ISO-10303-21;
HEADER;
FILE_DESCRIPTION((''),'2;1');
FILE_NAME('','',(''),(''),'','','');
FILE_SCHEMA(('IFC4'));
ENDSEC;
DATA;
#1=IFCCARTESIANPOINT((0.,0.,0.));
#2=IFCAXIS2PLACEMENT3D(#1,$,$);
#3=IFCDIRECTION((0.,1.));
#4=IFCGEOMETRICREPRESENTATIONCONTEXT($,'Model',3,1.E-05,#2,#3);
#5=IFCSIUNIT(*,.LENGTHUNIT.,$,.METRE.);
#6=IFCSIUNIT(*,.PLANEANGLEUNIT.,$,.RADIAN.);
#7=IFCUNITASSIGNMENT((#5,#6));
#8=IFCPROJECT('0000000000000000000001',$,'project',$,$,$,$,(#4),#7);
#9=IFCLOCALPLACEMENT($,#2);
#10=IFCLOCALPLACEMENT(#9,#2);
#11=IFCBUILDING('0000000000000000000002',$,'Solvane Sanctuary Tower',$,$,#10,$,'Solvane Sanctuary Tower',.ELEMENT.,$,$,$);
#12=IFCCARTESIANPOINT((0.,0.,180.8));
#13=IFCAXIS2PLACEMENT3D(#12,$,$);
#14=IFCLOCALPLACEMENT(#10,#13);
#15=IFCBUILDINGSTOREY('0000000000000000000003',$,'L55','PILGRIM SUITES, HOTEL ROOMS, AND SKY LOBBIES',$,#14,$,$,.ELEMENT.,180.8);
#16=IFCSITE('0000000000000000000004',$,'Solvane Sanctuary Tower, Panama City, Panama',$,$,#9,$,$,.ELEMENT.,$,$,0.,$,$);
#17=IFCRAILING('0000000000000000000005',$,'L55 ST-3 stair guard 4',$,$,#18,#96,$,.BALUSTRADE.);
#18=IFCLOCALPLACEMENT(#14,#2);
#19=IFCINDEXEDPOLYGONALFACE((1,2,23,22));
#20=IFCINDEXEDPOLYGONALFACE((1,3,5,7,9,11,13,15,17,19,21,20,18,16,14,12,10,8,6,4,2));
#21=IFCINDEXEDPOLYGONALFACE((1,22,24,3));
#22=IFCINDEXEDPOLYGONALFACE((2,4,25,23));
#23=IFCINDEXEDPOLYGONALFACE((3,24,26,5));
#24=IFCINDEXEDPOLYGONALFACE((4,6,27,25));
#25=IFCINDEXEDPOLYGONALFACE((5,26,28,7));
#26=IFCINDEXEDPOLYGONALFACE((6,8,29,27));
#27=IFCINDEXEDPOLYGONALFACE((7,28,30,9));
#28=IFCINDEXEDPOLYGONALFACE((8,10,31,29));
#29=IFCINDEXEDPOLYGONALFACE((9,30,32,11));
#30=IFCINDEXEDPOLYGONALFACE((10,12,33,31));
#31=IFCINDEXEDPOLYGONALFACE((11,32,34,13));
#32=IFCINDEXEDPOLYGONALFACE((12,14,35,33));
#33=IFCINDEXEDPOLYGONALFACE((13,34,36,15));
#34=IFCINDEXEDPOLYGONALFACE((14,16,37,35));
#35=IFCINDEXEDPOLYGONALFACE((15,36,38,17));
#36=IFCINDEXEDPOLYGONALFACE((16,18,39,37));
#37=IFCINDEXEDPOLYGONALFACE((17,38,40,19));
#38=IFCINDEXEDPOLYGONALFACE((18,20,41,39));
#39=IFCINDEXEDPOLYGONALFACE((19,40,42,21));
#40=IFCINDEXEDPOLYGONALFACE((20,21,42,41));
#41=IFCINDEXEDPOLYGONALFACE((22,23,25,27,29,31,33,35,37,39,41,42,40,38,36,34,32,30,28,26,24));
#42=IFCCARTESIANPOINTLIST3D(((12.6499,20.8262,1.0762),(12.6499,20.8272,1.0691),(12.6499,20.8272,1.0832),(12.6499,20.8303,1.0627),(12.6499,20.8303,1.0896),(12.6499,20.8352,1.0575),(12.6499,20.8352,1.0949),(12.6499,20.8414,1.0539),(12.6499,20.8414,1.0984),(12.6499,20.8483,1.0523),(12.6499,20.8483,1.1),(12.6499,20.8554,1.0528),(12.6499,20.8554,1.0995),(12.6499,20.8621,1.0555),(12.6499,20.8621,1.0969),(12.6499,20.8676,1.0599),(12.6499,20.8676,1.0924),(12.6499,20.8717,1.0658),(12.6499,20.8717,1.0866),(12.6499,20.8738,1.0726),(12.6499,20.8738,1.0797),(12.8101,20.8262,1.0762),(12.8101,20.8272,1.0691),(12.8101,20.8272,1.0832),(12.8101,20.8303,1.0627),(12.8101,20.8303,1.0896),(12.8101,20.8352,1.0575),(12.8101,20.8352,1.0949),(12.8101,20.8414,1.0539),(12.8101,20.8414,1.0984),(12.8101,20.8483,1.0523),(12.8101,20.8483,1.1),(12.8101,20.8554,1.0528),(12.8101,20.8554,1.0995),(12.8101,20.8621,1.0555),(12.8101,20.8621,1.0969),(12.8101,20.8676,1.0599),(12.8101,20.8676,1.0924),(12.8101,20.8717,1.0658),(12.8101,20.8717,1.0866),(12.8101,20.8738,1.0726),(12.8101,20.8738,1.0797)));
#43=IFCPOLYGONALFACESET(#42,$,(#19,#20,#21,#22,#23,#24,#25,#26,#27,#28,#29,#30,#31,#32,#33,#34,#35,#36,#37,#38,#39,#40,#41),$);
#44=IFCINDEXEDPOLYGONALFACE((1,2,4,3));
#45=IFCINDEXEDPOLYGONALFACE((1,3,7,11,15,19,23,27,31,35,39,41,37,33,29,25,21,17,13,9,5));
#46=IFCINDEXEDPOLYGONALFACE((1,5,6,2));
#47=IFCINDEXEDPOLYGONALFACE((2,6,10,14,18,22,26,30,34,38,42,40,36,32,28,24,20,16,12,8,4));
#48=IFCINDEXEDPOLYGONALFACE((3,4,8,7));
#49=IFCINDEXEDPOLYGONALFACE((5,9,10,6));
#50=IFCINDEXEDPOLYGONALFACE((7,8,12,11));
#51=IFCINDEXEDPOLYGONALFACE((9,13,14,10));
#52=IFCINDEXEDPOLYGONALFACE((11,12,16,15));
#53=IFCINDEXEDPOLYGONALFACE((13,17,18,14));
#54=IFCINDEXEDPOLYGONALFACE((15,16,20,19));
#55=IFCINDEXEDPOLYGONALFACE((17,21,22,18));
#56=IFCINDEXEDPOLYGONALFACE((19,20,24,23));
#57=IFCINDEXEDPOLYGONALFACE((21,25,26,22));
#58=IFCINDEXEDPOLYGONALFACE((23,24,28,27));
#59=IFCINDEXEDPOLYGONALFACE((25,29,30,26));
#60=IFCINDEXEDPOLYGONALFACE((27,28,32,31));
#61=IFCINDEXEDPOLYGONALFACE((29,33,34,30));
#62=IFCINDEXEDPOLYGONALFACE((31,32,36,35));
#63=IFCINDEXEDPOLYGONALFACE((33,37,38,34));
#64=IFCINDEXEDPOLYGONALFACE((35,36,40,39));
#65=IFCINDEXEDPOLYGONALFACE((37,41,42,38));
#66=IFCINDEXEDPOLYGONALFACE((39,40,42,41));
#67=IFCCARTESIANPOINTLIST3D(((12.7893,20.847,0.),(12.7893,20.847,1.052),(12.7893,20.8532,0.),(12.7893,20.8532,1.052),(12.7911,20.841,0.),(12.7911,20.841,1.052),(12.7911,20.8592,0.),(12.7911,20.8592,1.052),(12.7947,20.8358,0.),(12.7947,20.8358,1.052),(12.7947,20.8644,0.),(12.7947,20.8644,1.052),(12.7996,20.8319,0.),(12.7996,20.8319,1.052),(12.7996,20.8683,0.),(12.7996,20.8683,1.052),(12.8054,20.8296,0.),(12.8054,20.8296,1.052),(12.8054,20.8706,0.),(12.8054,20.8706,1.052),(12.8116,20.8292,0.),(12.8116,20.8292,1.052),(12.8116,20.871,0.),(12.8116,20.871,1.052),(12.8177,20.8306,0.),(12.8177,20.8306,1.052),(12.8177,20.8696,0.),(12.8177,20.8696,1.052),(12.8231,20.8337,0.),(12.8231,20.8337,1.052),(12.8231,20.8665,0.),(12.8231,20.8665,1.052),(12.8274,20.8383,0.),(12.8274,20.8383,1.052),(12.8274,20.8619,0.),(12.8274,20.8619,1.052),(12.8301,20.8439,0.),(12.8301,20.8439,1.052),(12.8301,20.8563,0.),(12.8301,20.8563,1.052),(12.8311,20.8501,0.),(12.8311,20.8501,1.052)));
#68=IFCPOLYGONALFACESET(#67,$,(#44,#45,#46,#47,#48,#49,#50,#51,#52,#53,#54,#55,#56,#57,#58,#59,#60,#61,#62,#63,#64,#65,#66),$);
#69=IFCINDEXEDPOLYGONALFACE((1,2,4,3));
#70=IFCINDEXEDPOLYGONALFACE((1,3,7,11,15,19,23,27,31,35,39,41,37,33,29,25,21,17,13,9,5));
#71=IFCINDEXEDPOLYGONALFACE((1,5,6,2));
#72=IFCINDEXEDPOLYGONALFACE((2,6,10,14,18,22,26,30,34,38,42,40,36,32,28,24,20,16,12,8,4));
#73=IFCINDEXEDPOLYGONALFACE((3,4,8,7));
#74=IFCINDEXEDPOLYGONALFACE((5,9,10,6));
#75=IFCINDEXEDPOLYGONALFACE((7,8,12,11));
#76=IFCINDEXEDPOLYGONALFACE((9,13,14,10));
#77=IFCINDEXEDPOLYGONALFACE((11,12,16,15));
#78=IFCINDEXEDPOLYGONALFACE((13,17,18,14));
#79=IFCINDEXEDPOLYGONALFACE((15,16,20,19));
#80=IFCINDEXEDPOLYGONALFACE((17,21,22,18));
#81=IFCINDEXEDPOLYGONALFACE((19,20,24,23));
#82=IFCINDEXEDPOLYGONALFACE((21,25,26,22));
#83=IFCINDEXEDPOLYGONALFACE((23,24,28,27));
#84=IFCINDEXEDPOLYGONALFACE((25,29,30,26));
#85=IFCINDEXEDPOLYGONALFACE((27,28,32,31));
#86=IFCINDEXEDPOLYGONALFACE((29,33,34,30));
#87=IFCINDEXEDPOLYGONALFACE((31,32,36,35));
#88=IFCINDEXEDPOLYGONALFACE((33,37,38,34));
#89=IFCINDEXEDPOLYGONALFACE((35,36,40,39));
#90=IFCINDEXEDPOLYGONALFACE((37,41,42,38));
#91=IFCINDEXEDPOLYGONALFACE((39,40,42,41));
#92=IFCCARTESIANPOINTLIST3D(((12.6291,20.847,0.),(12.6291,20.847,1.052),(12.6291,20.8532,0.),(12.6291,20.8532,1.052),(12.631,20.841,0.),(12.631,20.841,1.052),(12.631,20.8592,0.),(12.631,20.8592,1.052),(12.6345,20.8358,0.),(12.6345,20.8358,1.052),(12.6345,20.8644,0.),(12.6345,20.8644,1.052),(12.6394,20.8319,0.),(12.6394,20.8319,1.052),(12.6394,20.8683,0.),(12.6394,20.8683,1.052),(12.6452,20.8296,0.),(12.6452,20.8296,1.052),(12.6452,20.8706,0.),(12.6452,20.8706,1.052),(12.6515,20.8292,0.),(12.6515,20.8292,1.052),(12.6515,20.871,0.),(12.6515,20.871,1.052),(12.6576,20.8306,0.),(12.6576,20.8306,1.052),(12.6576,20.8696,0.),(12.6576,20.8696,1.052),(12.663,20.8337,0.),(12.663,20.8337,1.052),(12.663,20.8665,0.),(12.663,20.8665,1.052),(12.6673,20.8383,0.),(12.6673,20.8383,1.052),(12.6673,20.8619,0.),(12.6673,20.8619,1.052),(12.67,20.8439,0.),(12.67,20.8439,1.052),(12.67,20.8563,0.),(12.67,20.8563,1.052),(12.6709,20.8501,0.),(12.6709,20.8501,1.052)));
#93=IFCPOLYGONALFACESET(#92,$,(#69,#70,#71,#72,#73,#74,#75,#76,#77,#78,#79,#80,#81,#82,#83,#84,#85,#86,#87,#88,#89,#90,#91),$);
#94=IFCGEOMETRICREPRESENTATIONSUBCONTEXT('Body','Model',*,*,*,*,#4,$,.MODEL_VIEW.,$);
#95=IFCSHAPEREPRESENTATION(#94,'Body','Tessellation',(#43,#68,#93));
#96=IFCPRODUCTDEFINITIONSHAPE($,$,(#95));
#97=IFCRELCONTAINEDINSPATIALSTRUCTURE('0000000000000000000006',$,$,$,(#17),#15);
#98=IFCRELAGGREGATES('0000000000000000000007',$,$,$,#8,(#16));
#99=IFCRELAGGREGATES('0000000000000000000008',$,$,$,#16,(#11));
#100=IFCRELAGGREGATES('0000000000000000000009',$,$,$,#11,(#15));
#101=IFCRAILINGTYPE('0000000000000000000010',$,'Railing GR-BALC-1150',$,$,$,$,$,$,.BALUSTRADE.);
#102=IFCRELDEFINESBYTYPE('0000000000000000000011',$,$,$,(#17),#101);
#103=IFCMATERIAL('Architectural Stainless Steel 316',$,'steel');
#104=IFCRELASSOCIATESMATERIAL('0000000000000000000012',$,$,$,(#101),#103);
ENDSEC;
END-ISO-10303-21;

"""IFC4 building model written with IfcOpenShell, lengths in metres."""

from ifc_helpers import new_model, si_unit, direction, frame, origin, origin_2d, place, context, subcontext, project, spatial, circle, extrude, material, type_object, element, save


model = new_model("IFC4")

# Units and contexts
model_context = context("Model", 3, precision=1e-05, world=origin(), true_north=direction((0.0, 1.0)))
body_context = subcontext(model_context, "Body", "Model", "MODEL_VIEW")
ifc_project = project(units=[si_unit("LENGTHUNIT", "METRE"), si_unit("PLANEANGLEUNIT", "RADIAN")], contexts=[model_context])

# Site, building, storey
site_placement = place(None, origin())
site = spatial("IfcSite", under=ifc_project, at=site_placement, Name="Solvane Sanctuary Tower, Panama City, Panama", CompositionType="ELEMENT", RefElevation=0.0)
building_placement = place(site_placement, origin())
building = spatial("IfcBuilding", under=site, at=building_placement, Name="Solvane Sanctuary Tower", LongName="Solvane Sanctuary Tower", CompositionType="ELEMENT")
storey_placement = place(building_placement, frame((0.0, 0.0, 180.8)))
storey = spatial("IfcBuildingStorey", under=building, at=storey_placement, Name="L55", Description="PILGRIM SUITES, HOTEL ROOMS, AND SKY LOBBIES", CompositionType="ELEMENT", Elevation=180.8)

# Shared definitions
ifc_material_1 = material(Name="Architectural Stainless Steel 316", Category="steel")

# Railing
railing_type = type_object("IfcRailingType", Name="Railing GR-BALC-1150", PredefinedType="BALUSTRADE", material=ifc_material_1)
railing_1_placement = place(storey_placement, frame((12.8101, 20.8501, 0.0)))
element("IfcRailing", 1, at=railing_1_placement, inside=storey, type_object=railing_type, Name="L55 ST-3 stair guard 4", PredefinedType="BALUSTRADE", context=body_context, shape_type="SweptSolid", body=[
    extrude(circle(Radius=0.0239, at=origin_2d()), frame((0.0, 0.0, 1.0762), z_axis=(-1.0, 0.0, 0.0), x_axis=(0.0, -1.0, 0.0)), (0.0, 0.0, 1.0), 0.1602),
    extrude(circle(Radius=0.021, at=origin_2d()), origin(), (0.0, 0.0, 1.0), 1.052),
    extrude(circle(Radius=0.021, at=origin_2d()), frame((-0.1602, 0.0, 0.0)), (0.0, 0.0, 1.0), 1.052),
])

save(model, "model.ifc")
